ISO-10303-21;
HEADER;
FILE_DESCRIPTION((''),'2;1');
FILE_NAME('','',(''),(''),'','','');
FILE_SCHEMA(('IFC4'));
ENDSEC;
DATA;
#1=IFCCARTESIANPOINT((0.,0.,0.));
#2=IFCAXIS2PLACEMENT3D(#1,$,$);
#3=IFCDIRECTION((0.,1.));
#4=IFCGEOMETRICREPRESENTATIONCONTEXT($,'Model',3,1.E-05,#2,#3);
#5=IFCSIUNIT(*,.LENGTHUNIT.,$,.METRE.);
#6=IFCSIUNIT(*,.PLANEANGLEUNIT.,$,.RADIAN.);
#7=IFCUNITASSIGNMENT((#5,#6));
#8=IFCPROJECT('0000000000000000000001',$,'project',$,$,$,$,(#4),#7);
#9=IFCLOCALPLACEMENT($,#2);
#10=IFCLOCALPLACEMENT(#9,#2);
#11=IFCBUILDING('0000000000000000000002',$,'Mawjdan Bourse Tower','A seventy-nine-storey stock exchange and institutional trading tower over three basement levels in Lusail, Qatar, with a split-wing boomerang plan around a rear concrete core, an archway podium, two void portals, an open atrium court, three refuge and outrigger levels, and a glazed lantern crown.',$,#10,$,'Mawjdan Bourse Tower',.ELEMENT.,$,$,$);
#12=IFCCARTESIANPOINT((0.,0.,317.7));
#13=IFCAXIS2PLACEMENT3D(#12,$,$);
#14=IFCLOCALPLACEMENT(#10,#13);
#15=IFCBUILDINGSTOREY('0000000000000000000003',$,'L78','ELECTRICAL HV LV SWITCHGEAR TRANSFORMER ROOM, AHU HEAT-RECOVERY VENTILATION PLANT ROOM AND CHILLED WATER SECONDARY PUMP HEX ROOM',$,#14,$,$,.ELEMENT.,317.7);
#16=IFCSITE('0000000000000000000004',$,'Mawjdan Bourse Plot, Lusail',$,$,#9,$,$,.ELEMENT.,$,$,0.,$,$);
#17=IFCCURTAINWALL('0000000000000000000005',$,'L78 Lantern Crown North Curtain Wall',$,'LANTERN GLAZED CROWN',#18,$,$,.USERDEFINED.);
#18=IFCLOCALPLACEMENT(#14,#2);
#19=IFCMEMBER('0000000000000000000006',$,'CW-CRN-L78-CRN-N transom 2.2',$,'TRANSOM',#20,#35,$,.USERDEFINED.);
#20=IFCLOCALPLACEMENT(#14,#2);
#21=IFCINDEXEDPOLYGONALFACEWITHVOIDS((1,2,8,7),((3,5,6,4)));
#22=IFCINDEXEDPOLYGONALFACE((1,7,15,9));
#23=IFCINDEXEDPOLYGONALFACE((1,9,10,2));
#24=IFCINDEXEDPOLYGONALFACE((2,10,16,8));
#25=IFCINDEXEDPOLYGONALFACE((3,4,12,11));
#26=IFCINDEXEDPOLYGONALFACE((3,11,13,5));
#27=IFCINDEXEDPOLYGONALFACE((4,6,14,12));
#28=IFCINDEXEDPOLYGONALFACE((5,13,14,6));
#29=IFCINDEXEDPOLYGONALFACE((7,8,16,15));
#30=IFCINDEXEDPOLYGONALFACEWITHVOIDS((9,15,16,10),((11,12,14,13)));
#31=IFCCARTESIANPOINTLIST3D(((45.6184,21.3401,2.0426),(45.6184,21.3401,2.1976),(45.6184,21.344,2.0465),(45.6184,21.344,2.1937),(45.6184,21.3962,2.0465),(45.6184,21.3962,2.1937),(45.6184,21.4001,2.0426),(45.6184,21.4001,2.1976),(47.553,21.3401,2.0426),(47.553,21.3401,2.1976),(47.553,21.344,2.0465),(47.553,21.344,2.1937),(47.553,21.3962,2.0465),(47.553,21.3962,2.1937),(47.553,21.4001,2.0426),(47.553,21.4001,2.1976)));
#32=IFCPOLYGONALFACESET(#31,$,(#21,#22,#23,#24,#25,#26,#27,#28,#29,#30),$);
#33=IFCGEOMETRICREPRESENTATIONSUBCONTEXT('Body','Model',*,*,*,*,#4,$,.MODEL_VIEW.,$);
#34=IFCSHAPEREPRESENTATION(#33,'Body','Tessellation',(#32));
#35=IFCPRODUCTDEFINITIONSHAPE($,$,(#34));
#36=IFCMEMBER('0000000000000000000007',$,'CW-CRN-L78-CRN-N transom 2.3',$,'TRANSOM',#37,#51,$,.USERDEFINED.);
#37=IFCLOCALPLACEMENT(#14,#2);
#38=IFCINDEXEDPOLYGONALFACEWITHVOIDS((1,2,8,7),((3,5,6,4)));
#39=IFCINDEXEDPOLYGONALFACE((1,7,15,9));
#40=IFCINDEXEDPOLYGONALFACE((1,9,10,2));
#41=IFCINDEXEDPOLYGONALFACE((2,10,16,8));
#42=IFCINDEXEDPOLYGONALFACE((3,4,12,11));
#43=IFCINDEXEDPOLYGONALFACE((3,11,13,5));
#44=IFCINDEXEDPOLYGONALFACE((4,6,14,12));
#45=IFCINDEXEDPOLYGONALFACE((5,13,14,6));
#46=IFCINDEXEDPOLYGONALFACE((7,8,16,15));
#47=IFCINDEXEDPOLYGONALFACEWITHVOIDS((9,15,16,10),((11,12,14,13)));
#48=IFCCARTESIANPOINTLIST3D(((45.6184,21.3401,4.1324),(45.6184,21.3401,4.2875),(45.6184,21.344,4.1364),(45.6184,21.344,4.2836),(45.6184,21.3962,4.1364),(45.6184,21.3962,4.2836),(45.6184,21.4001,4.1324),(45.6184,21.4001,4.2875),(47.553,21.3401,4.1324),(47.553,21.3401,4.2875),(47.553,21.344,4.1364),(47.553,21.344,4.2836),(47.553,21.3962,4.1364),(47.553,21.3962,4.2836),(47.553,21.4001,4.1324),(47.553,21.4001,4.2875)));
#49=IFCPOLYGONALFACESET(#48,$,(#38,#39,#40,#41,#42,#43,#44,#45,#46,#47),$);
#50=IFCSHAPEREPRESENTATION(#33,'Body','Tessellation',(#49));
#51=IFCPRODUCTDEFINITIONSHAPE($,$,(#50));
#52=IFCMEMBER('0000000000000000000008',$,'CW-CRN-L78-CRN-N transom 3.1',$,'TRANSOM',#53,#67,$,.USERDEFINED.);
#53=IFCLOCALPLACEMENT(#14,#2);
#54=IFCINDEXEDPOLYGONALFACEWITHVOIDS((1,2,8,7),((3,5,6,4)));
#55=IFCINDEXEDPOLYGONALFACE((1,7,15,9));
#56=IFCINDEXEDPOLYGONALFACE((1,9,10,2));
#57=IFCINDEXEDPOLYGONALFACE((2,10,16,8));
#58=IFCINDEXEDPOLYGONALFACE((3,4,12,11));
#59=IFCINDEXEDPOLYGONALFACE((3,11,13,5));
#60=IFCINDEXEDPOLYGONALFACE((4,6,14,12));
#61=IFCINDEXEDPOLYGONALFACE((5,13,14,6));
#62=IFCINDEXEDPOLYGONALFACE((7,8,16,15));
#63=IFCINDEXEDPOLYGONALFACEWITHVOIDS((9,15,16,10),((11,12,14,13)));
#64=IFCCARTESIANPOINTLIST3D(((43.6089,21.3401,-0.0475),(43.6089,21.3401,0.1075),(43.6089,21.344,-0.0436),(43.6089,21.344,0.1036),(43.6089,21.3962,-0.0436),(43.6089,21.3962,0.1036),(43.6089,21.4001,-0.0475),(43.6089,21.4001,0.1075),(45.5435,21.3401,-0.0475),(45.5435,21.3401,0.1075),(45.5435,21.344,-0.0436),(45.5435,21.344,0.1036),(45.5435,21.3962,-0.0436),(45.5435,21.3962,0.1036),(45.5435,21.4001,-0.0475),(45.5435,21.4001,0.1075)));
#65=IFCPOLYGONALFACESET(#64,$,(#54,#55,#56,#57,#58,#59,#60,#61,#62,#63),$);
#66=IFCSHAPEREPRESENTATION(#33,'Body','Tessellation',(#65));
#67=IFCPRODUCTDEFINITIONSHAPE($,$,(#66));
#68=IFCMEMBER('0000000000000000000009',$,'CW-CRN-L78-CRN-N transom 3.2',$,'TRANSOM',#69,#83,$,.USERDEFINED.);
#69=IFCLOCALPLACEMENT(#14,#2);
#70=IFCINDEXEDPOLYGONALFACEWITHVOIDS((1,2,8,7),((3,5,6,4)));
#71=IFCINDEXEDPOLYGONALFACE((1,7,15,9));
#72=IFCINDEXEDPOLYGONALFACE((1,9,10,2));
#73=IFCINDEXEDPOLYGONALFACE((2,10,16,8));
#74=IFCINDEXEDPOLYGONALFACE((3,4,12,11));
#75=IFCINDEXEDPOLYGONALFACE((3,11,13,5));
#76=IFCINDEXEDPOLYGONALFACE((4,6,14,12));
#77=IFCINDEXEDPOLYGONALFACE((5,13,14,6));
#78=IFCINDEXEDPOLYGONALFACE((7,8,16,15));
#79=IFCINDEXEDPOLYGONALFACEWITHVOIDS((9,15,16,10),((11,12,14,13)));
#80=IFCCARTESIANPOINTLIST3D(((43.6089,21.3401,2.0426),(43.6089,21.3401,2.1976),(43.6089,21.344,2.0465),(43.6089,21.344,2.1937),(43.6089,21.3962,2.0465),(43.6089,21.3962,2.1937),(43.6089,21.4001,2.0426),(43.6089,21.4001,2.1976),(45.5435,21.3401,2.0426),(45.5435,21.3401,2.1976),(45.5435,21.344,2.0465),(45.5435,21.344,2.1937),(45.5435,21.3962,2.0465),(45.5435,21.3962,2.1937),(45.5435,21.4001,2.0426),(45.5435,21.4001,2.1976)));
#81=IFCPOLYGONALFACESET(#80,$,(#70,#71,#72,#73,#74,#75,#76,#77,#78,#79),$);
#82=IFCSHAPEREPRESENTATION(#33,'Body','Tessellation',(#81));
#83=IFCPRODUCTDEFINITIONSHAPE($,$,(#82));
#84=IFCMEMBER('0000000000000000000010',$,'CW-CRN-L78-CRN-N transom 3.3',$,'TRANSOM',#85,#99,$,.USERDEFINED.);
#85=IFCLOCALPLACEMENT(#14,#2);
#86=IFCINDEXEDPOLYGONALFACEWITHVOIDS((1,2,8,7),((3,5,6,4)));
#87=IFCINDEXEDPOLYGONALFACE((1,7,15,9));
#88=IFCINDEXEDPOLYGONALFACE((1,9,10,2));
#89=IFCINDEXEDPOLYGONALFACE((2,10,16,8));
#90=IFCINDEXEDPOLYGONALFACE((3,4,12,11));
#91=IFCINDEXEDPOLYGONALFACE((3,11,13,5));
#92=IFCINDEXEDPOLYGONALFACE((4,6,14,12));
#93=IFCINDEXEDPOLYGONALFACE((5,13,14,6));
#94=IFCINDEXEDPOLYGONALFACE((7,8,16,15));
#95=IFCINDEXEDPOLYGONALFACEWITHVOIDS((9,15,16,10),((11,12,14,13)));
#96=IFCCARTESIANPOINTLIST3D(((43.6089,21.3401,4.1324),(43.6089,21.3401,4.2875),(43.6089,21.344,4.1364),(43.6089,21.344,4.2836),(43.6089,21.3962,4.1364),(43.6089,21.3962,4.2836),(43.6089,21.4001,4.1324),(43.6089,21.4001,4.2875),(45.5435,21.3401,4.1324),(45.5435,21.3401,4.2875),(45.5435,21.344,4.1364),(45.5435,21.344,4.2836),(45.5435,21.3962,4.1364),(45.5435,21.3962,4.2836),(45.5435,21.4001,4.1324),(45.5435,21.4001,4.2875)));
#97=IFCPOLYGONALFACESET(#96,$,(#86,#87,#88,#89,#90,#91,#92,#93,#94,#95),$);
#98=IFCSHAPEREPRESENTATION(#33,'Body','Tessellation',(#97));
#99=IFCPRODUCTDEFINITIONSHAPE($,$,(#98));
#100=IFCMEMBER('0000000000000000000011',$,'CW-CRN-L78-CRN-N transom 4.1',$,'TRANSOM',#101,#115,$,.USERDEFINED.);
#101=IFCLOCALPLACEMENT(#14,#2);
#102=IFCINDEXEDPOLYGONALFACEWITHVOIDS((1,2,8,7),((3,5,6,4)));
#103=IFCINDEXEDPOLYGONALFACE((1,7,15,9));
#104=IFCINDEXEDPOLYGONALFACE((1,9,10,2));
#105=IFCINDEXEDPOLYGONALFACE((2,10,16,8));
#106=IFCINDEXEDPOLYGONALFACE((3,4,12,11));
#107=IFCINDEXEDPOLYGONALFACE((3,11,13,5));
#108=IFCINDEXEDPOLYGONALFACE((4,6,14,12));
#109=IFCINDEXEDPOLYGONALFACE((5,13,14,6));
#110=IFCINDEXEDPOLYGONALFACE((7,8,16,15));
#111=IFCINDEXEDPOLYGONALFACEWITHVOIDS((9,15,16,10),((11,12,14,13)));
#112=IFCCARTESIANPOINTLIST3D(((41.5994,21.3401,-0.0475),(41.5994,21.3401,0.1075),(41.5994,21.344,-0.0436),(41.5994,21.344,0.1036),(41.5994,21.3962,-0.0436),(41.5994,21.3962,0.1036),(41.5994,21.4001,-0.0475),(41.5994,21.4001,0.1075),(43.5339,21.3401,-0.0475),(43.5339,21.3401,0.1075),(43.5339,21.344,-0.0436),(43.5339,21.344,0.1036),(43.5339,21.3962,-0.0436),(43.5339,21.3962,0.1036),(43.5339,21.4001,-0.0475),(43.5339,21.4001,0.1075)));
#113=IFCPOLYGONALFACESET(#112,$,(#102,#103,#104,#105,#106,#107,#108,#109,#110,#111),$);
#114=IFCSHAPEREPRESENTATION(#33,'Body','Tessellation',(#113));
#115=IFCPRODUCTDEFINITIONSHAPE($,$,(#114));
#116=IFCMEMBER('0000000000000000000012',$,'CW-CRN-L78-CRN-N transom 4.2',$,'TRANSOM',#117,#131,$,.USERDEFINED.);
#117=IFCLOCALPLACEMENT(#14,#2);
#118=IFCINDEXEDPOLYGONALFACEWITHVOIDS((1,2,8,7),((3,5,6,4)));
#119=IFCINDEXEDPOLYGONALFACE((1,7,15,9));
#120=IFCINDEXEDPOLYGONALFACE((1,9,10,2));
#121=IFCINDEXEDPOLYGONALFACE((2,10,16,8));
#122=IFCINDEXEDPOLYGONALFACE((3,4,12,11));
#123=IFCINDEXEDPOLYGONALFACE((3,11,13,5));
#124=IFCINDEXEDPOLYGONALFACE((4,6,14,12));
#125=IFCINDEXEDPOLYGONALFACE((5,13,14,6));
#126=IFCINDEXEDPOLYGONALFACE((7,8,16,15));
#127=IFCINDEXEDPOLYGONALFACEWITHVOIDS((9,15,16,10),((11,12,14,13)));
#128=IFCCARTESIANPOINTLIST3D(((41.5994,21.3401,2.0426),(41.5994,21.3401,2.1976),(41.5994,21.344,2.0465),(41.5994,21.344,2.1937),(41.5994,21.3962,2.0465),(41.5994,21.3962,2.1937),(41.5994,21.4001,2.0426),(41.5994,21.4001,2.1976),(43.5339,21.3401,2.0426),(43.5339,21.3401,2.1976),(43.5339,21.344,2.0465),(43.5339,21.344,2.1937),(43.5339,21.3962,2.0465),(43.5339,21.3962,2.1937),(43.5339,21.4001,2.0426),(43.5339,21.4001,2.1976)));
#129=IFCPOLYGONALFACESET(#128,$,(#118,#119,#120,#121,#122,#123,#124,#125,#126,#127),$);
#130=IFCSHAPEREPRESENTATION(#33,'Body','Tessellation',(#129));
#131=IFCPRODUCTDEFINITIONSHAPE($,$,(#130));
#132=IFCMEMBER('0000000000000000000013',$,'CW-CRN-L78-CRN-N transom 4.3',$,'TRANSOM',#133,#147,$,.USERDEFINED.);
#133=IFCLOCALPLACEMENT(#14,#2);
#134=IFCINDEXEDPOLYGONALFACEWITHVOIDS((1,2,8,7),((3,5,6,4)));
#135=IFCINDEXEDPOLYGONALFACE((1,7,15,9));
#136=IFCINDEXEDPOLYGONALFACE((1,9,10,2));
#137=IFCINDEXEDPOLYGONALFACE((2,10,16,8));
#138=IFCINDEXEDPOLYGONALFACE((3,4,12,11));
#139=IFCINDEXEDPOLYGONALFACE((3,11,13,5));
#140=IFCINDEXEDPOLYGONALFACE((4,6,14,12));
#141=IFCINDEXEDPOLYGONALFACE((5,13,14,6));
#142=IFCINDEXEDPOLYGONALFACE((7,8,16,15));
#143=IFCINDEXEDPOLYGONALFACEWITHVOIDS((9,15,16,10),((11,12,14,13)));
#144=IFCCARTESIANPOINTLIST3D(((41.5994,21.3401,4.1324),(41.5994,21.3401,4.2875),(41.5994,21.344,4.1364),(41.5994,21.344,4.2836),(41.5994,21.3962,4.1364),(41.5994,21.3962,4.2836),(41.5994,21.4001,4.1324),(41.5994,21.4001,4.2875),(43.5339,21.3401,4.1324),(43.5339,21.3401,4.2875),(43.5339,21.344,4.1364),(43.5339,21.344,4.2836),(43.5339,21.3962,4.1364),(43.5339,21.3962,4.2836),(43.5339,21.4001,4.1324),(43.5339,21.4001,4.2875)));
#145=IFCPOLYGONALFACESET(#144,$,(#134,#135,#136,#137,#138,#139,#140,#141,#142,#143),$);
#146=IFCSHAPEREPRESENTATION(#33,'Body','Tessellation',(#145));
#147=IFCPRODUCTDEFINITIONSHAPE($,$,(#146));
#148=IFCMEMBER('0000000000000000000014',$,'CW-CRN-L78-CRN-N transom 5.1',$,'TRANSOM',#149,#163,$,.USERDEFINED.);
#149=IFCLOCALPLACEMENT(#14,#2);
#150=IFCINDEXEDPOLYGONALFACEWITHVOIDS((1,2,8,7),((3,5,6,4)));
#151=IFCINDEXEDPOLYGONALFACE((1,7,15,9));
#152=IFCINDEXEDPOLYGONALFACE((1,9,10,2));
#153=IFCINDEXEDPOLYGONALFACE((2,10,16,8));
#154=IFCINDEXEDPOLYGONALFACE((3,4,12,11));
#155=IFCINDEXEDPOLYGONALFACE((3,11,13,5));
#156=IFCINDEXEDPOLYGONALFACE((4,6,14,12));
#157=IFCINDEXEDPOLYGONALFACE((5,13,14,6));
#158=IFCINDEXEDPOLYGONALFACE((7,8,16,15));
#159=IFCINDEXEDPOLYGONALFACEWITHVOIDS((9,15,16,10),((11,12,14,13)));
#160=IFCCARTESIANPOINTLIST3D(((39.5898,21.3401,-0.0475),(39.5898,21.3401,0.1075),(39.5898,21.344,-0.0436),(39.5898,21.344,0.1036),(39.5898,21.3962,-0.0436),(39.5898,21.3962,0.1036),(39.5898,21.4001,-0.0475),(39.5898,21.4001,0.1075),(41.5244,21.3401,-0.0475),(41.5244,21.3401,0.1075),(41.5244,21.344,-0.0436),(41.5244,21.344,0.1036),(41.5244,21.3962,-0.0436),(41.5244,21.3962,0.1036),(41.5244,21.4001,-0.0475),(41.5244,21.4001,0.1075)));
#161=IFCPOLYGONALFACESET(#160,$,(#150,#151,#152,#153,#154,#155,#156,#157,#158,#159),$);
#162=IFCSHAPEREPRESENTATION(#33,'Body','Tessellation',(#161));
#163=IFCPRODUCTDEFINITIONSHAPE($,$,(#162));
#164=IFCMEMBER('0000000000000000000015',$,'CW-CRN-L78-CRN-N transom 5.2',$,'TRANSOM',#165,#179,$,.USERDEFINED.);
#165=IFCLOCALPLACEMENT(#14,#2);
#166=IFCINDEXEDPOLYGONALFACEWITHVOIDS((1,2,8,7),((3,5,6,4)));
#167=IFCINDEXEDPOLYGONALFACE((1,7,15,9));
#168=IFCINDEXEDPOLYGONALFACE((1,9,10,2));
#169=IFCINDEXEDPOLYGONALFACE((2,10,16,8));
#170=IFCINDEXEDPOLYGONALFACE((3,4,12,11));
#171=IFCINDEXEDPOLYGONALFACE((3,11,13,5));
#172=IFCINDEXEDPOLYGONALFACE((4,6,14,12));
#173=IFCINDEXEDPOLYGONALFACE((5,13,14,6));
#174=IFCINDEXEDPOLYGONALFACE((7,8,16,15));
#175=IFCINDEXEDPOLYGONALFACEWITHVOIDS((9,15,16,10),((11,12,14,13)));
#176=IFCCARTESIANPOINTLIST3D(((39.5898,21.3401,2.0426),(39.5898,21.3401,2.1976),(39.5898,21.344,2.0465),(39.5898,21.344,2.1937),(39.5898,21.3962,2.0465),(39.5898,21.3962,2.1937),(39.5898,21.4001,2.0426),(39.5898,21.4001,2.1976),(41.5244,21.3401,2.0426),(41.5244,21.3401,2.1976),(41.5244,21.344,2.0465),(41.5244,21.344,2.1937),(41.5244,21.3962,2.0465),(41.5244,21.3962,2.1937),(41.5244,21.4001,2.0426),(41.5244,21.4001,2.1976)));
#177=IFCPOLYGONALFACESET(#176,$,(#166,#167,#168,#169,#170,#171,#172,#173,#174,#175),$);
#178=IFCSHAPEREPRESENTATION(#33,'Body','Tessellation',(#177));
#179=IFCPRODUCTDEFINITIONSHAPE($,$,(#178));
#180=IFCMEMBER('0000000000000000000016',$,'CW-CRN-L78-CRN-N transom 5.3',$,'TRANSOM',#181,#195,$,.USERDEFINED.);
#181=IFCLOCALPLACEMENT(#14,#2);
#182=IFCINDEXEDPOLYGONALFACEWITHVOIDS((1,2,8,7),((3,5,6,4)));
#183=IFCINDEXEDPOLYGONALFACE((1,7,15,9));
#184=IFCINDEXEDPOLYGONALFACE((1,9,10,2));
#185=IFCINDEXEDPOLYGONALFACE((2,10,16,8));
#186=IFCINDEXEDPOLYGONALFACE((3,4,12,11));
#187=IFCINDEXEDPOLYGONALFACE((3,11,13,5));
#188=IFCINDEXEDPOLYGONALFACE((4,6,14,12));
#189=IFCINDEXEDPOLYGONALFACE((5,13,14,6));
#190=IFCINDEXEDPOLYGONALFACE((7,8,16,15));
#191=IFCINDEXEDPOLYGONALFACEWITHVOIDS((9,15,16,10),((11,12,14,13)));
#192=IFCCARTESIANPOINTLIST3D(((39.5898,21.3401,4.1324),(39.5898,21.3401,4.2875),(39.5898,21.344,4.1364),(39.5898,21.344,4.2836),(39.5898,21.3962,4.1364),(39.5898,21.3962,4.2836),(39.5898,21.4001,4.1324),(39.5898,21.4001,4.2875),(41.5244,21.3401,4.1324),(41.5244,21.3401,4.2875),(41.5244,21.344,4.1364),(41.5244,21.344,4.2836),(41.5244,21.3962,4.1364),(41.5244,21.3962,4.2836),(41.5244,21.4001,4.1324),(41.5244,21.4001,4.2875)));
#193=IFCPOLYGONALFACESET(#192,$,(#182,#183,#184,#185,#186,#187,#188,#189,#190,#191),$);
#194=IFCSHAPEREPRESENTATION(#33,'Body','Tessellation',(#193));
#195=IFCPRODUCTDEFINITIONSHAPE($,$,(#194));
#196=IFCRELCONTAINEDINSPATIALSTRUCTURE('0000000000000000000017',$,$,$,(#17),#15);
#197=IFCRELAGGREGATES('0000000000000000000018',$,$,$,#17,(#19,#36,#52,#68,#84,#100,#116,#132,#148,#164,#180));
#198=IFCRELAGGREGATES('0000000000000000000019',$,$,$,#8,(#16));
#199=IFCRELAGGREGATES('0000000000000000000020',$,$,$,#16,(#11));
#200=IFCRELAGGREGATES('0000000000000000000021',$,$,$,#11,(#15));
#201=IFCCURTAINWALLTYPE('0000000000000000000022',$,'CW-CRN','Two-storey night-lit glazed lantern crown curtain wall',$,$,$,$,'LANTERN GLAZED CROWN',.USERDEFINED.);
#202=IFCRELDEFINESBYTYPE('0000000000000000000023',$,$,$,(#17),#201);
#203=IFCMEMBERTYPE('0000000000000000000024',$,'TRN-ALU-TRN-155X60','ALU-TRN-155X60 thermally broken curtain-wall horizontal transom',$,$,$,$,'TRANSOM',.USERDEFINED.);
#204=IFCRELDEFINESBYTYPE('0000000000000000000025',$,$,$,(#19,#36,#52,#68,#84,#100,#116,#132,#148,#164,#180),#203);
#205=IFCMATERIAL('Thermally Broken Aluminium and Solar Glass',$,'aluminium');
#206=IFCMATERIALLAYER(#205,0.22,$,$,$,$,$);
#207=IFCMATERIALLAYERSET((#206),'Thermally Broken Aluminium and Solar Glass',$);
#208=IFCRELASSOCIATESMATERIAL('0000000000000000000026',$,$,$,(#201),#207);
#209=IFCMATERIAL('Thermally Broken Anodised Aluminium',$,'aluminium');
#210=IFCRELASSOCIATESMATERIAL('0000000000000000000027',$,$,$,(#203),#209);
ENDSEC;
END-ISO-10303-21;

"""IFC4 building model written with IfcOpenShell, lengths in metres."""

from ifc_helpers import new_model, si_unit, direction, frame, origin, origin_2d, place, context, subcontext, project, spatial, hollow_rectangle, extrude, material, layer, layer_set, material_profile, profile_set, type_object, element, aggregate, save


model = new_model("IFC4")

# Units and contexts
model_context = context("Model", 3, precision=1e-05, world=origin(), true_north=direction((0.0, 1.0)))
body_context = subcontext(model_context, "Body", "Model", "MODEL_VIEW")
ifc_project = project(units=[si_unit("LENGTHUNIT", "METRE"), si_unit("PLANEANGLEUNIT", "RADIAN")], contexts=[model_context])

# Site, building, storey
site_placement = place(None, origin())
site = spatial("IfcSite", under=ifc_project, at=site_placement, Name="Mawjdan Bourse Plot, Lusail", CompositionType="ELEMENT", RefElevation=0.0)
building_placement = place(site_placement, origin())
building = spatial("IfcBuilding", under=site, at=building_placement, Name="Mawjdan Bourse Tower", Description="A seventy-nine-storey stock exchange and institutional trading tower over three basement levels in Lusail, Qatar, with a split-wing boomerang plan around a rear concrete core, an archway podium, two void portals, an open atrium court, three refuge and outrigger levels, and a glazed lantern crown.", LongName="Mawjdan Bourse Tower", CompositionType="ELEMENT")
storey_placement = place(building_placement, frame((0.0, 0.0, 317.7)))
storey = spatial("IfcBuildingStorey", under=building, at=storey_placement, Name="L78", Description="ELECTRICAL HV LV SWITCHGEAR TRANSFORMER ROOM, AHU HEAT-RECOVERY VENTILATION PLANT ROOM AND CHILLED WATER SECONDARY PUMP HEX ROOM", CompositionType="ELEMENT", Elevation=317.7)

# Curtain wall
ifc_material_1 = material(Name="Thermally Broken Aluminium and Solar Glass", Category="aluminium")
ifc_layer_1 = layer(ifc_material_1, 0.22)
ifc_layer_set_1 = layer_set([ifc_layer_1], Name="Thermally Broken Aluminium and Solar Glass")
curtain_wall_type = type_object("IfcCurtainWallType", Name="CW-CRN", Description="Two-storey night-lit glazed lantern crown curtain wall", ElementType="LANTERN GLAZED CROWN", PredefinedType="USERDEFINED", material=ifc_layer_set_1)
curtain_wall_placement = place(storey_placement, origin())
curtain_wall = element("IfcCurtainWall", 1, at=curtain_wall_placement, inside=storey, type_object=curtain_wall_type, Name="L78 Lantern Crown North Curtain Wall", ObjectType="LANTERN GLAZED CROWN", PredefinedType="USERDEFINED")
ifc_material_2 = material(Name="Thermally Broken Anodised Aluminium", Category="aluminium")

# Members
ifc_material_profile_1 = material_profile(ifc_material_2, hollow_rectangle(XDim=0.0601, YDim=0.155, WallThickness=0.0039, at=origin_2d()), Name="ALU-TRN-155X60")
ifc_profile_set_1 = profile_set([ifc_material_profile_1], Name="Thermally Broken Anodised Aluminium")
member_type_1 = type_object("IfcMemberType", Name="TRN-ALU-TRN-155X60", Description="ALU-TRN-155X60 thermally broken curtain-wall horizontal transom", ElementType="TRANSOM", PredefinedType="USERDEFINED", material=ifc_profile_set_1)
member_1_placement = place(storey_placement, frame((47.553, 21.3701, 2.1201), z_axis=(-1.0, 0.0, 0.0), x_axis=(0.0, -1.0, 0.0)))
member_1 = element("IfcMember", 2, at=member_1_placement, type_object=member_type_1, Name="CW-CRN-L78-CRN-N transom 2.2", ObjectType="TRANSOM", PredefinedType="USERDEFINED", context=body_context, shape_type="SweptSolid", body=[
    extrude(hollow_rectangle(XDim=0.0601, YDim=0.155, WallThickness=0.0039, at=origin_2d()), origin(), (0.0, 0.0, 1.0), 1.9346),
])
member_2_placement = place(storey_placement, frame((47.553, 21.3701, 4.21), z_axis=(-1.0, 0.0, 0.0), x_axis=(0.0, -1.0, 0.0)))
member_2 = element("IfcMember", 3, at=member_2_placement, type_object=member_type_1, Name="CW-CRN-L78-CRN-N transom 2.3", ObjectType="TRANSOM", PredefinedType="USERDEFINED", context=body_context, shape_type="SweptSolid", body=[
    extrude(hollow_rectangle(XDim=0.0601, YDim=0.155, WallThickness=0.0039, at=origin_2d()), origin(), (0.0, 0.0, 1.0), 1.9346),
])
member_3_placement = place(storey_placement, frame((45.5435, 21.3701, 0.03), z_axis=(-1.0, 0.0, 0.0), x_axis=(0.0, -1.0, 0.0)))
member_3 = element("IfcMember", 4, at=member_3_placement, type_object=member_type_1, Name="CW-CRN-L78-CRN-N transom 3.1", ObjectType="TRANSOM", PredefinedType="USERDEFINED", context=body_context, shape_type="SweptSolid", body=[
    extrude(hollow_rectangle(XDim=0.0601, YDim=0.155, WallThickness=0.0039, at=origin_2d()), origin(), (0.0, 0.0, 1.0), 1.9346),
])
member_4_placement = place(storey_placement, frame((45.5435, 21.3701, 2.1201), z_axis=(-1.0, 0.0, 0.0), x_axis=(0.0, -1.0, 0.0)))
member_4 = element("IfcMember", 5, at=member_4_placement, type_object=member_type_1, Name="CW-CRN-L78-CRN-N transom 3.2", ObjectType="TRANSOM", PredefinedType="USERDEFINED", context=body_context, shape_type="SweptSolid", body=[
    extrude(hollow_rectangle(XDim=0.0601, YDim=0.155, WallThickness=0.0039, at=origin_2d()), origin(), (0.0, 0.0, 1.0), 1.9346),
])
member_5_placement = place(storey_placement, frame((45.5435, 21.3701, 4.21), z_axis=(-1.0, 0.0, 0.0), x_axis=(0.0, -1.0, 0.0)))
member_5 = element("IfcMember", 6, at=member_5_placement, type_object=member_type_1, Name="CW-CRN-L78-CRN-N transom 3.3", ObjectType="TRANSOM", PredefinedType="USERDEFINED", context=body_context, shape_type="SweptSolid", body=[
    extrude(hollow_rectangle(XDim=0.0601, YDim=0.155, WallThickness=0.0039, at=origin_2d()), origin(), (0.0, 0.0, 1.0), 1.9346),
])
member_6_placement = place(storey_placement, frame((43.5339, 21.3701, 0.03), z_axis=(-1.0, 0.0, 0.0), x_axis=(0.0, -1.0, 0.0)))
member_6 = element("IfcMember", 7, at=member_6_placement, type_object=member_type_1, Name="CW-CRN-L78-CRN-N transom 4.1", ObjectType="TRANSOM", PredefinedType="USERDEFINED", context=body_context, shape_type="SweptSolid", body=[
    extrude(hollow_rectangle(XDim=0.0601, YDim=0.155, WallThickness=0.0039, at=origin_2d()), origin(), (0.0, 0.0, 1.0), 1.9346),
])
member_7_placement = place(storey_placement, frame((43.5339, 21.3701, 2.1201), z_axis=(-1.0, 0.0, 0.0), x_axis=(0.0, -1.0, 0.0)))
member_7 = element("IfcMember", 8, at=member_7_placement, type_object=member_type_1, Name="CW-CRN-L78-CRN-N transom 4.2", ObjectType="TRANSOM", PredefinedType="USERDEFINED", context=body_context, shape_type="SweptSolid", body=[
    extrude(hollow_rectangle(XDim=0.0601, YDim=0.155, WallThickness=0.0039, at=origin_2d()), origin(), (0.0, 0.0, 1.0), 1.9346),
])
member_8_placement = place(storey_placement, frame((43.5339, 21.3701, 4.21), z_axis=(-1.0, 0.0, 0.0), x_axis=(0.0, -1.0, 0.0)))
member_8 = element("IfcMember", 9, at=member_8_placement, type_object=member_type_1, Name="CW-CRN-L78-CRN-N transom 4.3", ObjectType="TRANSOM", PredefinedType="USERDEFINED", context=body_context, shape_type="SweptSolid", body=[
    extrude(hollow_rectangle(XDim=0.0601, YDim=0.155, WallThickness=0.0039, at=origin_2d()), origin(), (0.0, 0.0, 1.0), 1.9346),
])
member_9_placement = place(storey_placement, frame((41.5244, 21.3701, 0.03), z_axis=(-1.0, 0.0, 0.0), x_axis=(0.0, -1.0, 0.0)))
member_9 = element("IfcMember", 10, at=member_9_placement, type_object=member_type_1, Name="CW-CRN-L78-CRN-N transom 5.1", ObjectType="TRANSOM", PredefinedType="USERDEFINED", context=body_context, shape_type="SweptSolid", body=[
    extrude(hollow_rectangle(XDim=0.0601, YDim=0.155, WallThickness=0.0039, at=origin_2d()), origin(), (0.0, 0.0, 1.0), 1.9346),
])
member_10_placement = place(storey_placement, frame((41.5244, 21.3701, 2.1201), z_axis=(-1.0, 0.0, 0.0), x_axis=(0.0, -1.0, 0.0)))
member_10 = element("IfcMember", 11, at=member_10_placement, type_object=member_type_1, Name="CW-CRN-L78-CRN-N transom 5.2", ObjectType="TRANSOM", PredefinedType="USERDEFINED", context=body_context, shape_type="SweptSolid", body=[
    extrude(hollow_rectangle(XDim=0.0601, YDim=0.155, WallThickness=0.0039, at=origin_2d()), origin(), (0.0, 0.0, 1.0), 1.9346),
])
member_11_placement = place(storey_placement, frame((41.5244, 21.3701, 4.21), z_axis=(-1.0, 0.0, 0.0), x_axis=(0.0, -1.0, 0.0)))
member_11 = element("IfcMember", 12, at=member_11_placement, type_object=member_type_1, Name="CW-CRN-L78-CRN-N transom 5.3", ObjectType="TRANSOM", PredefinedType="USERDEFINED", context=body_context, shape_type="SweptSolid", body=[
    extrude(hollow_rectangle(XDim=0.0601, YDim=0.155, WallThickness=0.0039, at=origin_2d()), origin(), (0.0, 0.0, 1.0), 1.9346),
])

aggregate(curtain_wall, [member_1, member_2, member_3, member_4, member_5, member_6, member_7, member_8, member_9, member_10, member_11])

save(model, "model.ifc")
